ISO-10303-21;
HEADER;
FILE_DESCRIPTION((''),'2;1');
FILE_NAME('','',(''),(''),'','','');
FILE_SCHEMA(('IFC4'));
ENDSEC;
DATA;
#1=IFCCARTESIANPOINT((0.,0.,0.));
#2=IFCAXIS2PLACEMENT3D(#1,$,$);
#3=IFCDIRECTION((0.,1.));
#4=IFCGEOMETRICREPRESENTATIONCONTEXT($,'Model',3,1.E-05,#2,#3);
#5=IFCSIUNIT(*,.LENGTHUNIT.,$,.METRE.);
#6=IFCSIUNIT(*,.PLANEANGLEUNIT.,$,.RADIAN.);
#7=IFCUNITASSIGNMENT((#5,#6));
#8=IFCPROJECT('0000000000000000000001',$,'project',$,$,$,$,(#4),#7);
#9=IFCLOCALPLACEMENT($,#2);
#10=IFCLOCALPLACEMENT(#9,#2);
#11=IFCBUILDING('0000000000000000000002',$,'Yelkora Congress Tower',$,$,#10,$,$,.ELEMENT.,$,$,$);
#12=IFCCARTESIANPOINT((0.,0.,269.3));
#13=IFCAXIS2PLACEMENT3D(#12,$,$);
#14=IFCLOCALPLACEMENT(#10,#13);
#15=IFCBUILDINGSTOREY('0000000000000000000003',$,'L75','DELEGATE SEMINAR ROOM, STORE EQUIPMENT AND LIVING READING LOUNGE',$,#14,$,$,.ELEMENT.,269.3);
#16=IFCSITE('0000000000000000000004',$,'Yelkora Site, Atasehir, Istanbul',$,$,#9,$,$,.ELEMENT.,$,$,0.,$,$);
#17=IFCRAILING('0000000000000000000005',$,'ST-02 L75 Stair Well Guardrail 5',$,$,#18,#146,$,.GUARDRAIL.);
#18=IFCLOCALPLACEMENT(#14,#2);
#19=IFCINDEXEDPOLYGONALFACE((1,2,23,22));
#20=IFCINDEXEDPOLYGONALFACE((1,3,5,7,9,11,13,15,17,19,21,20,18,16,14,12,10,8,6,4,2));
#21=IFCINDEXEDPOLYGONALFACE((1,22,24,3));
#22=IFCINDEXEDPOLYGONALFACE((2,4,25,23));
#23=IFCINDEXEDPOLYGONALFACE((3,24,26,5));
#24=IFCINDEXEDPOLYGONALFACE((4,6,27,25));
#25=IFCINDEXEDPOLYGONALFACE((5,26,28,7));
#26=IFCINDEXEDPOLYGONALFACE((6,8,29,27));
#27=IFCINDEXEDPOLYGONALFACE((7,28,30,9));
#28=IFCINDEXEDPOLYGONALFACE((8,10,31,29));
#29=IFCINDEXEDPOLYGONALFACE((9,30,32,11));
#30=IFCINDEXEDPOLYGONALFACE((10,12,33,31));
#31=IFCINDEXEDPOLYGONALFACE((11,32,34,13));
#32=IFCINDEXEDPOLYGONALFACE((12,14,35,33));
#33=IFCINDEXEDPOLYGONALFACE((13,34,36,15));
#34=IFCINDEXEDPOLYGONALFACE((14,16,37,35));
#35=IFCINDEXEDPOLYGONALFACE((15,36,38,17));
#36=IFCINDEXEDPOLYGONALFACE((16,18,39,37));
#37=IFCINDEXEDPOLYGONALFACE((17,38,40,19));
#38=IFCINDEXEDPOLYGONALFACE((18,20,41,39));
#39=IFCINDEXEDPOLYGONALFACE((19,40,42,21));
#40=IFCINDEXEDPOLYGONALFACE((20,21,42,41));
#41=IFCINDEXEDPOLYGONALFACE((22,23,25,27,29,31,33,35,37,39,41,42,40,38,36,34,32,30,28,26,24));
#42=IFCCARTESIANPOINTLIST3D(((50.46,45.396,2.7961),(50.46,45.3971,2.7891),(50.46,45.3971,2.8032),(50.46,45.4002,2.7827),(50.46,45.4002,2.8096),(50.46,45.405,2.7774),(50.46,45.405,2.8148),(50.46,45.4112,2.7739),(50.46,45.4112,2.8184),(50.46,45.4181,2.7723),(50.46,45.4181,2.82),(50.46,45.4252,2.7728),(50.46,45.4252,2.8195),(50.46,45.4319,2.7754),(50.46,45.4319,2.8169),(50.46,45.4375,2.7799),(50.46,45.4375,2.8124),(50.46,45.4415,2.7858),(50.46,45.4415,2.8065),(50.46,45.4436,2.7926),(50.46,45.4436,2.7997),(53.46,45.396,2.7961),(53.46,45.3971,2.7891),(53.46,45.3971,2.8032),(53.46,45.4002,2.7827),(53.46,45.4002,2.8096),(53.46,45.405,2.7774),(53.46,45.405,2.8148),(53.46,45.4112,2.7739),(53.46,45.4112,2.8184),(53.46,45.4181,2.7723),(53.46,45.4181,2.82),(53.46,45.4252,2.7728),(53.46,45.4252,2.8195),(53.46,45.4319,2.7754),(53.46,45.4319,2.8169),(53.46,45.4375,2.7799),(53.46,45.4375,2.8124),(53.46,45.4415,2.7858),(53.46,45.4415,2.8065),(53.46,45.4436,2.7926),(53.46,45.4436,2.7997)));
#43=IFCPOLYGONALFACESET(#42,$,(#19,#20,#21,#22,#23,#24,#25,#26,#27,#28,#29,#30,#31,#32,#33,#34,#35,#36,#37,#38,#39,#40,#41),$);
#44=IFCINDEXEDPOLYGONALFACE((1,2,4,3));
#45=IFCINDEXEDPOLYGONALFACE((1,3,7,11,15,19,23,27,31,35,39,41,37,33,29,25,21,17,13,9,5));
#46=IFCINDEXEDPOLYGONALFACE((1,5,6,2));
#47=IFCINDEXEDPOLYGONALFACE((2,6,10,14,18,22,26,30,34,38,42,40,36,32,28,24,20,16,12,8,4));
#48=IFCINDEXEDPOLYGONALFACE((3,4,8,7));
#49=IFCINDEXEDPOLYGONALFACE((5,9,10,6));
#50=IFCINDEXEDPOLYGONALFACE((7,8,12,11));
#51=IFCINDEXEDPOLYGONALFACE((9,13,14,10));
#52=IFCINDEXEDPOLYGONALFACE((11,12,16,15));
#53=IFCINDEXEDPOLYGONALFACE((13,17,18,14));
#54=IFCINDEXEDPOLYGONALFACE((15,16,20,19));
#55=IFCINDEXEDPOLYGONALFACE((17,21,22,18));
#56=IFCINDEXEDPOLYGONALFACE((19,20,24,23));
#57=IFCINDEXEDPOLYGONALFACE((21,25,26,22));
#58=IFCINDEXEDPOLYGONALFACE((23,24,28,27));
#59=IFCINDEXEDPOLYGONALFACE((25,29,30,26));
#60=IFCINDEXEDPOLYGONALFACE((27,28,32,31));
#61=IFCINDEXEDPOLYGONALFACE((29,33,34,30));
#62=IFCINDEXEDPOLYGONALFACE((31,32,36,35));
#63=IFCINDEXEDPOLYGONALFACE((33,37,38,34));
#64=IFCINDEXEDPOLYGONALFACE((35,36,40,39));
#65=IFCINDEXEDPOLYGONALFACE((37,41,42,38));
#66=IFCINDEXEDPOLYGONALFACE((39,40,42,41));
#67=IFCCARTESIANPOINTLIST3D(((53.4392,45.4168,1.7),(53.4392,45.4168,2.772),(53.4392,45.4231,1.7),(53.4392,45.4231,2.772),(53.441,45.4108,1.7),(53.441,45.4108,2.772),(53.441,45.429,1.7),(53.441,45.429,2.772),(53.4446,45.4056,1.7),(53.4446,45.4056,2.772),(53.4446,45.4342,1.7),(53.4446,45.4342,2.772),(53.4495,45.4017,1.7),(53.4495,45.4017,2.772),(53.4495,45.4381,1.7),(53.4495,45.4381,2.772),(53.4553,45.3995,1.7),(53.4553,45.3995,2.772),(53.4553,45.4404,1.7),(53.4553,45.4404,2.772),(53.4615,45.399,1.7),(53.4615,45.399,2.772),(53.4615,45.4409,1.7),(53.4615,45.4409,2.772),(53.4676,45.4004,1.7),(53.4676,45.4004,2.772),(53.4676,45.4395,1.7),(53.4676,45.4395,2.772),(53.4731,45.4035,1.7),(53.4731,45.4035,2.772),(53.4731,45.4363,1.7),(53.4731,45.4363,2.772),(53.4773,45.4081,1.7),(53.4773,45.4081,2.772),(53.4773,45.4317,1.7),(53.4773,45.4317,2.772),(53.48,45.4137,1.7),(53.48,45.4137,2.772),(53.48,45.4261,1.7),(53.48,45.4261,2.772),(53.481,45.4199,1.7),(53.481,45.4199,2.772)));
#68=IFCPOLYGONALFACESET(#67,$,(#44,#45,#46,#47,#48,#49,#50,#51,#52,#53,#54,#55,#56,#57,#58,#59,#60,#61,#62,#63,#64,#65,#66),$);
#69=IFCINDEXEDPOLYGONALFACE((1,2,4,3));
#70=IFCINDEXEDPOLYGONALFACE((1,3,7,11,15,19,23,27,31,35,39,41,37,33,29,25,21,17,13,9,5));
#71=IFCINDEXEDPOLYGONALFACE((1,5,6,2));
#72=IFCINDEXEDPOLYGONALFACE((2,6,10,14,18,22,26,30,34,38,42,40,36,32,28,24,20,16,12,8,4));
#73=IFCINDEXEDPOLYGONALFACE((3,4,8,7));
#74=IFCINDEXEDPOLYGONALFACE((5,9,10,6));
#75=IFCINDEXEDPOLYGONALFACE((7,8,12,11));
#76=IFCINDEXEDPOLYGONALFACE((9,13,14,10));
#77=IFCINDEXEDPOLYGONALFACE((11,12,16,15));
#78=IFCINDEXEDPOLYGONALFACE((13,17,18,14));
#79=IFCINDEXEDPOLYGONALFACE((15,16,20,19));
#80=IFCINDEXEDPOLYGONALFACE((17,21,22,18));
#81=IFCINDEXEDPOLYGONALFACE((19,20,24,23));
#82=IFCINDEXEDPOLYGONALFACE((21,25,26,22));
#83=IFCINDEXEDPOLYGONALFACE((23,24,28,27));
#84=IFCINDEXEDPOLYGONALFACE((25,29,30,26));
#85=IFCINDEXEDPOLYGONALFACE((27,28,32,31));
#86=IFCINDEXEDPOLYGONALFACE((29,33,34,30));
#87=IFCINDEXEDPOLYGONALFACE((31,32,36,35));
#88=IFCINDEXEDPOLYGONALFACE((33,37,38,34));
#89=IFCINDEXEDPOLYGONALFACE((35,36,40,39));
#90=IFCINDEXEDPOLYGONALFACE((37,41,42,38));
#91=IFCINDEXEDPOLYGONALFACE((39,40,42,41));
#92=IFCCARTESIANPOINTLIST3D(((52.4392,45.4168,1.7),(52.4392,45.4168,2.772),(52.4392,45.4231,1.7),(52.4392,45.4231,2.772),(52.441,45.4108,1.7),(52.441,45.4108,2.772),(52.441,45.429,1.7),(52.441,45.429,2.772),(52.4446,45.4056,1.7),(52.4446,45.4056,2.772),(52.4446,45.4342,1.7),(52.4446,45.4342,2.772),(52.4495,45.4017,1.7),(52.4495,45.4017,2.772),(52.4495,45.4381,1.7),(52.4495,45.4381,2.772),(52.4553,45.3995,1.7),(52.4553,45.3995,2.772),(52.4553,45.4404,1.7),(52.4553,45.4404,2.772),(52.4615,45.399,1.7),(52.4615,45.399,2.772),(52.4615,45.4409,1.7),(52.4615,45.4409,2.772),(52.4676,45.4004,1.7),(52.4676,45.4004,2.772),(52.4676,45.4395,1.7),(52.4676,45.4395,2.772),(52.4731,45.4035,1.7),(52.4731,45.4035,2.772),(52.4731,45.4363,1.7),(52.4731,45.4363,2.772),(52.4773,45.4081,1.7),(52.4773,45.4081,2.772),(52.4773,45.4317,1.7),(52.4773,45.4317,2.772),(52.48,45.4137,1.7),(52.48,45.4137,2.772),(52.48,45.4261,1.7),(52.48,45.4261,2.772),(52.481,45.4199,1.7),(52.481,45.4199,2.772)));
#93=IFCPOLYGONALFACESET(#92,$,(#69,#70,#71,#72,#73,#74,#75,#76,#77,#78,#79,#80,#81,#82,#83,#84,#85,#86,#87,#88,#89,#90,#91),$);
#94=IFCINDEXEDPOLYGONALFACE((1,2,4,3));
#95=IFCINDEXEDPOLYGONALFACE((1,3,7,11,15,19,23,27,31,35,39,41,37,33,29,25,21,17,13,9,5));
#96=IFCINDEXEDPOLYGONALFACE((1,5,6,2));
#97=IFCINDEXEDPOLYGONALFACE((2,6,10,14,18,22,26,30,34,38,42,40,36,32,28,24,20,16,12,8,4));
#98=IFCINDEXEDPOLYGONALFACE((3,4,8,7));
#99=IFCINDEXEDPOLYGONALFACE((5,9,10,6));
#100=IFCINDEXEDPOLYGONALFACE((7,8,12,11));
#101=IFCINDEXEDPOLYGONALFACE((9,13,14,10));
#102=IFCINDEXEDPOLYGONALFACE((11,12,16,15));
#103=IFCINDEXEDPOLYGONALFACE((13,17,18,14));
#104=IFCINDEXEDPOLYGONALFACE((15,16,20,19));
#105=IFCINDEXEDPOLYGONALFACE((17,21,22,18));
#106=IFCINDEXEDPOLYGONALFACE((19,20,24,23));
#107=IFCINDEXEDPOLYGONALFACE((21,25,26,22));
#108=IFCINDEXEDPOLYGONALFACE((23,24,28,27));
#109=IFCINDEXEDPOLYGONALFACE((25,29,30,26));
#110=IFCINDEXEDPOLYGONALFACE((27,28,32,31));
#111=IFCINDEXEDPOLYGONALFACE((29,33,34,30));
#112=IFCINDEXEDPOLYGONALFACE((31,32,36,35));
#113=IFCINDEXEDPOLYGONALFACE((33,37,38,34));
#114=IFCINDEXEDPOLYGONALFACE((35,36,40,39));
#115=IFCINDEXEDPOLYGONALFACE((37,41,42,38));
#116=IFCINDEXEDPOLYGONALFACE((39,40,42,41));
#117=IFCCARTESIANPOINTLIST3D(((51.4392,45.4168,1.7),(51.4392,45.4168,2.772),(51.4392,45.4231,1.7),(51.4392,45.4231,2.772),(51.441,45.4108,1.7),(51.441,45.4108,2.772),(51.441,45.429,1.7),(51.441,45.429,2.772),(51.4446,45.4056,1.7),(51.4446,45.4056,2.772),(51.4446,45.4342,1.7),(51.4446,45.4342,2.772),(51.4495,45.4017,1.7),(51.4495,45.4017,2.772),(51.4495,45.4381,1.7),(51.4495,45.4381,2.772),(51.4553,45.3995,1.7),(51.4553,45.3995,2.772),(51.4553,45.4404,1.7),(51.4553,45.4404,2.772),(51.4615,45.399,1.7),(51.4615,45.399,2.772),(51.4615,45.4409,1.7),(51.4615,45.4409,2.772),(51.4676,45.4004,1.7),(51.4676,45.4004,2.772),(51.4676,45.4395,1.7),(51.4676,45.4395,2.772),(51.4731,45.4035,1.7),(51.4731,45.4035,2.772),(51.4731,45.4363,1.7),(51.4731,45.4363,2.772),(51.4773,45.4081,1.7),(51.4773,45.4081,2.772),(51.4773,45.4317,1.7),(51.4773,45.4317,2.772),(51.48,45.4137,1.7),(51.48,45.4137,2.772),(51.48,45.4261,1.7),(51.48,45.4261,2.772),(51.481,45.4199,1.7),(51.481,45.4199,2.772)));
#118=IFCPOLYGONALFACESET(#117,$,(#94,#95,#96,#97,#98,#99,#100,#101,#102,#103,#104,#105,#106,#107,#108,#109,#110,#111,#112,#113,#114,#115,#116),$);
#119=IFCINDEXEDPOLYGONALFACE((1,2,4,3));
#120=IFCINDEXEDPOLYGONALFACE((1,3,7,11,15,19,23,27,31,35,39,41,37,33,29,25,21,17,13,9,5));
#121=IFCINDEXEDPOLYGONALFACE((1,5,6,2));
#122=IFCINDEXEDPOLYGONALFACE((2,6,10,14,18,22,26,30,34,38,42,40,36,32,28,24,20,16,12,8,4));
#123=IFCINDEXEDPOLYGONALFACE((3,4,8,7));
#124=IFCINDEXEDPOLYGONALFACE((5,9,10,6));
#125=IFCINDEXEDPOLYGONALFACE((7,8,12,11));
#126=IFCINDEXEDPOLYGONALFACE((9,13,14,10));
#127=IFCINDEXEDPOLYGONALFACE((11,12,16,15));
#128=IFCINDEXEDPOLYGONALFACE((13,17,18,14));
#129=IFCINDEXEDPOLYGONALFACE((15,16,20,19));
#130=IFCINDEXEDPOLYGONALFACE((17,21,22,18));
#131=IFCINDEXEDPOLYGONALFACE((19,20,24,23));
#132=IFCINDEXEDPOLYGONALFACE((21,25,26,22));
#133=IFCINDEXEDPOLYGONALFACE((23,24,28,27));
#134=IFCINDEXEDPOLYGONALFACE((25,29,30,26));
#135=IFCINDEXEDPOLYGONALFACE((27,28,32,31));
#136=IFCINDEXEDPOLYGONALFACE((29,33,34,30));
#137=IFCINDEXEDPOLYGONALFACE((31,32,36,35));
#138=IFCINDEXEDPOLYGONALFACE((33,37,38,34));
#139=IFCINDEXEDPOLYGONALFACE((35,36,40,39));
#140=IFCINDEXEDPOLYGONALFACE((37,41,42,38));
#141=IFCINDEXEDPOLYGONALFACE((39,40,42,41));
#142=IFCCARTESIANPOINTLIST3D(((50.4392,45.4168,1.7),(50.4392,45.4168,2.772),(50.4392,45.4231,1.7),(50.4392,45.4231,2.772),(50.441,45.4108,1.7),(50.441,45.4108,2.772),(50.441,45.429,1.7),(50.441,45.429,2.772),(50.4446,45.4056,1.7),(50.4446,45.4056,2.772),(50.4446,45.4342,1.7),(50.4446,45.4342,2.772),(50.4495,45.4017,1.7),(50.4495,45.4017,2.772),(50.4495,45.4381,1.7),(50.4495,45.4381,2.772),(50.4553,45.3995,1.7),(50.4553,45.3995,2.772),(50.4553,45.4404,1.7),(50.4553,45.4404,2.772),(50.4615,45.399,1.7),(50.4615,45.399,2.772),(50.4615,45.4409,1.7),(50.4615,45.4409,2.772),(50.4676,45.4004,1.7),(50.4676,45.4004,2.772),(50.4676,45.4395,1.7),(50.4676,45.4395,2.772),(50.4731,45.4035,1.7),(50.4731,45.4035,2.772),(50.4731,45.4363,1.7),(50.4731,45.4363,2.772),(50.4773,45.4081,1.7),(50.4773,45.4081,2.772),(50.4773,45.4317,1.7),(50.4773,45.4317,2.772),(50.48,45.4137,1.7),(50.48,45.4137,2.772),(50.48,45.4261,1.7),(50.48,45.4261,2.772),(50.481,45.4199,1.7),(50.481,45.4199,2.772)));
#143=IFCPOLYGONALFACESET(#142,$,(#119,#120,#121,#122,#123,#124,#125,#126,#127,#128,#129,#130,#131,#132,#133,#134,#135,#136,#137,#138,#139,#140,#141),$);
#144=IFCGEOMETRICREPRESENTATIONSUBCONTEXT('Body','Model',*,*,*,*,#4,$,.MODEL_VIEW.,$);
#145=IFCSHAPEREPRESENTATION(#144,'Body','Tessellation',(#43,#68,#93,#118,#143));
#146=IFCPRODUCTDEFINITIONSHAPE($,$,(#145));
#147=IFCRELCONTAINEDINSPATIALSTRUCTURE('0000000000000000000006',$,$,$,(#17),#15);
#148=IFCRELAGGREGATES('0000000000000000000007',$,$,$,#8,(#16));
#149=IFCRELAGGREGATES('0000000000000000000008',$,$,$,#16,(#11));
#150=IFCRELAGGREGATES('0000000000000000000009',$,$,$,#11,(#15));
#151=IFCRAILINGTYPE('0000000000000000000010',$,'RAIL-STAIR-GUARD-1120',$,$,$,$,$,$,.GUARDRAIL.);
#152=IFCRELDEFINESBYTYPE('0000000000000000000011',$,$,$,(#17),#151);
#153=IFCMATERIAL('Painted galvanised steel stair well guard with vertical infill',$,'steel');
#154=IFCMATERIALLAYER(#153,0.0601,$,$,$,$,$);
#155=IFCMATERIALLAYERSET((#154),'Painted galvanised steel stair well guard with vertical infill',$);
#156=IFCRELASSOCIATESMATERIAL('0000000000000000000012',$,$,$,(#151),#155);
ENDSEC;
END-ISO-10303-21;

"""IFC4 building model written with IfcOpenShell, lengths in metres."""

from ifc_helpers import new_model, si_unit, direction, frame, origin, origin_2d, place, context, subcontext, project, spatial, circle, extrude, material, layer, layer_set, type_object, element, save


model = new_model("IFC4")

# Units and contexts
model_context = context("Model", 3, precision=1e-05, world=origin(), true_north=direction((0.0, 1.0)))
body_context = subcontext(model_context, "Body", "Model", "MODEL_VIEW")
ifc_project = project(units=[si_unit("LENGTHUNIT", "METRE"), si_unit("PLANEANGLEUNIT", "RADIAN")], contexts=[model_context])

# Site, building, storey
site_placement = place(None, origin())
site = spatial("IfcSite", under=ifc_project, at=site_placement, Name="Yelkora Site, Atasehir, Istanbul", CompositionType="ELEMENT", RefElevation=0.0)
building_placement = place(site_placement, origin())
building = spatial("IfcBuilding", under=site, at=building_placement, Name="Yelkora Congress Tower", CompositionType="ELEMENT")
storey_placement = place(building_placement, frame((0.0, 0.0, 269.3)))
storey = spatial("IfcBuildingStorey", under=building, at=storey_placement, Name="L75", Description="DELEGATE SEMINAR ROOM, STORE EQUIPMENT AND LIVING READING LOUNGE", CompositionType="ELEMENT", Elevation=269.3)

# Railing
ifc_material_1 = material(Name="Painted galvanised steel stair well guard with vertical infill", Category="steel")
ifc_layer_1 = layer(ifc_material_1, 0.0601)
ifc_layer_set_1 = layer_set([ifc_layer_1], Name="Painted galvanised steel stair well guard with vertical infill")
railing_type_1 = type_object("IfcRailingType", Name="RAIL-STAIR-GUARD-1120", PredefinedType="GUARDRAIL", material=ifc_layer_set_1)
railing_1_placement = place(storey_placement, frame((53.46, 45.4199, 1.7)))
element("IfcRailing", 1, at=railing_1_placement, inside=storey, type_object=railing_type_1, Name="ST-02 L75 Stair Well Guardrail 5", PredefinedType="GUARDRAIL", context=body_context, shape_type="SweptSolid", body=[
    extrude(circle(Radius=0.0239, at=origin_2d()), frame((0.0, 0.0, 1.0962), z_axis=(-1.0, 0.0, 0.0), x_axis=(0.0, -1.0, 0.0)), (0.0, 0.0, 1.0), 3.0),
    extrude(circle(Radius=0.021, at=origin_2d()), origin(), (0.0, 0.0, 1.0), 1.072),
    extrude(circle(Radius=0.021, at=origin_2d()), frame((-1.0, 0.0, 0.0)), (0.0, 0.0, 1.0), 1.072),
    extrude(circle(Radius=0.021, at=origin_2d()), frame((-2.0, 0.0, 0.0)), (0.0, 0.0, 1.0), 1.072),
    extrude(circle(Radius=0.021, at=origin_2d()), frame((-3.0, 0.0, 0.0)), (0.0, 0.0, 1.0), 1.072),
])

save(model, "model.ifc")
